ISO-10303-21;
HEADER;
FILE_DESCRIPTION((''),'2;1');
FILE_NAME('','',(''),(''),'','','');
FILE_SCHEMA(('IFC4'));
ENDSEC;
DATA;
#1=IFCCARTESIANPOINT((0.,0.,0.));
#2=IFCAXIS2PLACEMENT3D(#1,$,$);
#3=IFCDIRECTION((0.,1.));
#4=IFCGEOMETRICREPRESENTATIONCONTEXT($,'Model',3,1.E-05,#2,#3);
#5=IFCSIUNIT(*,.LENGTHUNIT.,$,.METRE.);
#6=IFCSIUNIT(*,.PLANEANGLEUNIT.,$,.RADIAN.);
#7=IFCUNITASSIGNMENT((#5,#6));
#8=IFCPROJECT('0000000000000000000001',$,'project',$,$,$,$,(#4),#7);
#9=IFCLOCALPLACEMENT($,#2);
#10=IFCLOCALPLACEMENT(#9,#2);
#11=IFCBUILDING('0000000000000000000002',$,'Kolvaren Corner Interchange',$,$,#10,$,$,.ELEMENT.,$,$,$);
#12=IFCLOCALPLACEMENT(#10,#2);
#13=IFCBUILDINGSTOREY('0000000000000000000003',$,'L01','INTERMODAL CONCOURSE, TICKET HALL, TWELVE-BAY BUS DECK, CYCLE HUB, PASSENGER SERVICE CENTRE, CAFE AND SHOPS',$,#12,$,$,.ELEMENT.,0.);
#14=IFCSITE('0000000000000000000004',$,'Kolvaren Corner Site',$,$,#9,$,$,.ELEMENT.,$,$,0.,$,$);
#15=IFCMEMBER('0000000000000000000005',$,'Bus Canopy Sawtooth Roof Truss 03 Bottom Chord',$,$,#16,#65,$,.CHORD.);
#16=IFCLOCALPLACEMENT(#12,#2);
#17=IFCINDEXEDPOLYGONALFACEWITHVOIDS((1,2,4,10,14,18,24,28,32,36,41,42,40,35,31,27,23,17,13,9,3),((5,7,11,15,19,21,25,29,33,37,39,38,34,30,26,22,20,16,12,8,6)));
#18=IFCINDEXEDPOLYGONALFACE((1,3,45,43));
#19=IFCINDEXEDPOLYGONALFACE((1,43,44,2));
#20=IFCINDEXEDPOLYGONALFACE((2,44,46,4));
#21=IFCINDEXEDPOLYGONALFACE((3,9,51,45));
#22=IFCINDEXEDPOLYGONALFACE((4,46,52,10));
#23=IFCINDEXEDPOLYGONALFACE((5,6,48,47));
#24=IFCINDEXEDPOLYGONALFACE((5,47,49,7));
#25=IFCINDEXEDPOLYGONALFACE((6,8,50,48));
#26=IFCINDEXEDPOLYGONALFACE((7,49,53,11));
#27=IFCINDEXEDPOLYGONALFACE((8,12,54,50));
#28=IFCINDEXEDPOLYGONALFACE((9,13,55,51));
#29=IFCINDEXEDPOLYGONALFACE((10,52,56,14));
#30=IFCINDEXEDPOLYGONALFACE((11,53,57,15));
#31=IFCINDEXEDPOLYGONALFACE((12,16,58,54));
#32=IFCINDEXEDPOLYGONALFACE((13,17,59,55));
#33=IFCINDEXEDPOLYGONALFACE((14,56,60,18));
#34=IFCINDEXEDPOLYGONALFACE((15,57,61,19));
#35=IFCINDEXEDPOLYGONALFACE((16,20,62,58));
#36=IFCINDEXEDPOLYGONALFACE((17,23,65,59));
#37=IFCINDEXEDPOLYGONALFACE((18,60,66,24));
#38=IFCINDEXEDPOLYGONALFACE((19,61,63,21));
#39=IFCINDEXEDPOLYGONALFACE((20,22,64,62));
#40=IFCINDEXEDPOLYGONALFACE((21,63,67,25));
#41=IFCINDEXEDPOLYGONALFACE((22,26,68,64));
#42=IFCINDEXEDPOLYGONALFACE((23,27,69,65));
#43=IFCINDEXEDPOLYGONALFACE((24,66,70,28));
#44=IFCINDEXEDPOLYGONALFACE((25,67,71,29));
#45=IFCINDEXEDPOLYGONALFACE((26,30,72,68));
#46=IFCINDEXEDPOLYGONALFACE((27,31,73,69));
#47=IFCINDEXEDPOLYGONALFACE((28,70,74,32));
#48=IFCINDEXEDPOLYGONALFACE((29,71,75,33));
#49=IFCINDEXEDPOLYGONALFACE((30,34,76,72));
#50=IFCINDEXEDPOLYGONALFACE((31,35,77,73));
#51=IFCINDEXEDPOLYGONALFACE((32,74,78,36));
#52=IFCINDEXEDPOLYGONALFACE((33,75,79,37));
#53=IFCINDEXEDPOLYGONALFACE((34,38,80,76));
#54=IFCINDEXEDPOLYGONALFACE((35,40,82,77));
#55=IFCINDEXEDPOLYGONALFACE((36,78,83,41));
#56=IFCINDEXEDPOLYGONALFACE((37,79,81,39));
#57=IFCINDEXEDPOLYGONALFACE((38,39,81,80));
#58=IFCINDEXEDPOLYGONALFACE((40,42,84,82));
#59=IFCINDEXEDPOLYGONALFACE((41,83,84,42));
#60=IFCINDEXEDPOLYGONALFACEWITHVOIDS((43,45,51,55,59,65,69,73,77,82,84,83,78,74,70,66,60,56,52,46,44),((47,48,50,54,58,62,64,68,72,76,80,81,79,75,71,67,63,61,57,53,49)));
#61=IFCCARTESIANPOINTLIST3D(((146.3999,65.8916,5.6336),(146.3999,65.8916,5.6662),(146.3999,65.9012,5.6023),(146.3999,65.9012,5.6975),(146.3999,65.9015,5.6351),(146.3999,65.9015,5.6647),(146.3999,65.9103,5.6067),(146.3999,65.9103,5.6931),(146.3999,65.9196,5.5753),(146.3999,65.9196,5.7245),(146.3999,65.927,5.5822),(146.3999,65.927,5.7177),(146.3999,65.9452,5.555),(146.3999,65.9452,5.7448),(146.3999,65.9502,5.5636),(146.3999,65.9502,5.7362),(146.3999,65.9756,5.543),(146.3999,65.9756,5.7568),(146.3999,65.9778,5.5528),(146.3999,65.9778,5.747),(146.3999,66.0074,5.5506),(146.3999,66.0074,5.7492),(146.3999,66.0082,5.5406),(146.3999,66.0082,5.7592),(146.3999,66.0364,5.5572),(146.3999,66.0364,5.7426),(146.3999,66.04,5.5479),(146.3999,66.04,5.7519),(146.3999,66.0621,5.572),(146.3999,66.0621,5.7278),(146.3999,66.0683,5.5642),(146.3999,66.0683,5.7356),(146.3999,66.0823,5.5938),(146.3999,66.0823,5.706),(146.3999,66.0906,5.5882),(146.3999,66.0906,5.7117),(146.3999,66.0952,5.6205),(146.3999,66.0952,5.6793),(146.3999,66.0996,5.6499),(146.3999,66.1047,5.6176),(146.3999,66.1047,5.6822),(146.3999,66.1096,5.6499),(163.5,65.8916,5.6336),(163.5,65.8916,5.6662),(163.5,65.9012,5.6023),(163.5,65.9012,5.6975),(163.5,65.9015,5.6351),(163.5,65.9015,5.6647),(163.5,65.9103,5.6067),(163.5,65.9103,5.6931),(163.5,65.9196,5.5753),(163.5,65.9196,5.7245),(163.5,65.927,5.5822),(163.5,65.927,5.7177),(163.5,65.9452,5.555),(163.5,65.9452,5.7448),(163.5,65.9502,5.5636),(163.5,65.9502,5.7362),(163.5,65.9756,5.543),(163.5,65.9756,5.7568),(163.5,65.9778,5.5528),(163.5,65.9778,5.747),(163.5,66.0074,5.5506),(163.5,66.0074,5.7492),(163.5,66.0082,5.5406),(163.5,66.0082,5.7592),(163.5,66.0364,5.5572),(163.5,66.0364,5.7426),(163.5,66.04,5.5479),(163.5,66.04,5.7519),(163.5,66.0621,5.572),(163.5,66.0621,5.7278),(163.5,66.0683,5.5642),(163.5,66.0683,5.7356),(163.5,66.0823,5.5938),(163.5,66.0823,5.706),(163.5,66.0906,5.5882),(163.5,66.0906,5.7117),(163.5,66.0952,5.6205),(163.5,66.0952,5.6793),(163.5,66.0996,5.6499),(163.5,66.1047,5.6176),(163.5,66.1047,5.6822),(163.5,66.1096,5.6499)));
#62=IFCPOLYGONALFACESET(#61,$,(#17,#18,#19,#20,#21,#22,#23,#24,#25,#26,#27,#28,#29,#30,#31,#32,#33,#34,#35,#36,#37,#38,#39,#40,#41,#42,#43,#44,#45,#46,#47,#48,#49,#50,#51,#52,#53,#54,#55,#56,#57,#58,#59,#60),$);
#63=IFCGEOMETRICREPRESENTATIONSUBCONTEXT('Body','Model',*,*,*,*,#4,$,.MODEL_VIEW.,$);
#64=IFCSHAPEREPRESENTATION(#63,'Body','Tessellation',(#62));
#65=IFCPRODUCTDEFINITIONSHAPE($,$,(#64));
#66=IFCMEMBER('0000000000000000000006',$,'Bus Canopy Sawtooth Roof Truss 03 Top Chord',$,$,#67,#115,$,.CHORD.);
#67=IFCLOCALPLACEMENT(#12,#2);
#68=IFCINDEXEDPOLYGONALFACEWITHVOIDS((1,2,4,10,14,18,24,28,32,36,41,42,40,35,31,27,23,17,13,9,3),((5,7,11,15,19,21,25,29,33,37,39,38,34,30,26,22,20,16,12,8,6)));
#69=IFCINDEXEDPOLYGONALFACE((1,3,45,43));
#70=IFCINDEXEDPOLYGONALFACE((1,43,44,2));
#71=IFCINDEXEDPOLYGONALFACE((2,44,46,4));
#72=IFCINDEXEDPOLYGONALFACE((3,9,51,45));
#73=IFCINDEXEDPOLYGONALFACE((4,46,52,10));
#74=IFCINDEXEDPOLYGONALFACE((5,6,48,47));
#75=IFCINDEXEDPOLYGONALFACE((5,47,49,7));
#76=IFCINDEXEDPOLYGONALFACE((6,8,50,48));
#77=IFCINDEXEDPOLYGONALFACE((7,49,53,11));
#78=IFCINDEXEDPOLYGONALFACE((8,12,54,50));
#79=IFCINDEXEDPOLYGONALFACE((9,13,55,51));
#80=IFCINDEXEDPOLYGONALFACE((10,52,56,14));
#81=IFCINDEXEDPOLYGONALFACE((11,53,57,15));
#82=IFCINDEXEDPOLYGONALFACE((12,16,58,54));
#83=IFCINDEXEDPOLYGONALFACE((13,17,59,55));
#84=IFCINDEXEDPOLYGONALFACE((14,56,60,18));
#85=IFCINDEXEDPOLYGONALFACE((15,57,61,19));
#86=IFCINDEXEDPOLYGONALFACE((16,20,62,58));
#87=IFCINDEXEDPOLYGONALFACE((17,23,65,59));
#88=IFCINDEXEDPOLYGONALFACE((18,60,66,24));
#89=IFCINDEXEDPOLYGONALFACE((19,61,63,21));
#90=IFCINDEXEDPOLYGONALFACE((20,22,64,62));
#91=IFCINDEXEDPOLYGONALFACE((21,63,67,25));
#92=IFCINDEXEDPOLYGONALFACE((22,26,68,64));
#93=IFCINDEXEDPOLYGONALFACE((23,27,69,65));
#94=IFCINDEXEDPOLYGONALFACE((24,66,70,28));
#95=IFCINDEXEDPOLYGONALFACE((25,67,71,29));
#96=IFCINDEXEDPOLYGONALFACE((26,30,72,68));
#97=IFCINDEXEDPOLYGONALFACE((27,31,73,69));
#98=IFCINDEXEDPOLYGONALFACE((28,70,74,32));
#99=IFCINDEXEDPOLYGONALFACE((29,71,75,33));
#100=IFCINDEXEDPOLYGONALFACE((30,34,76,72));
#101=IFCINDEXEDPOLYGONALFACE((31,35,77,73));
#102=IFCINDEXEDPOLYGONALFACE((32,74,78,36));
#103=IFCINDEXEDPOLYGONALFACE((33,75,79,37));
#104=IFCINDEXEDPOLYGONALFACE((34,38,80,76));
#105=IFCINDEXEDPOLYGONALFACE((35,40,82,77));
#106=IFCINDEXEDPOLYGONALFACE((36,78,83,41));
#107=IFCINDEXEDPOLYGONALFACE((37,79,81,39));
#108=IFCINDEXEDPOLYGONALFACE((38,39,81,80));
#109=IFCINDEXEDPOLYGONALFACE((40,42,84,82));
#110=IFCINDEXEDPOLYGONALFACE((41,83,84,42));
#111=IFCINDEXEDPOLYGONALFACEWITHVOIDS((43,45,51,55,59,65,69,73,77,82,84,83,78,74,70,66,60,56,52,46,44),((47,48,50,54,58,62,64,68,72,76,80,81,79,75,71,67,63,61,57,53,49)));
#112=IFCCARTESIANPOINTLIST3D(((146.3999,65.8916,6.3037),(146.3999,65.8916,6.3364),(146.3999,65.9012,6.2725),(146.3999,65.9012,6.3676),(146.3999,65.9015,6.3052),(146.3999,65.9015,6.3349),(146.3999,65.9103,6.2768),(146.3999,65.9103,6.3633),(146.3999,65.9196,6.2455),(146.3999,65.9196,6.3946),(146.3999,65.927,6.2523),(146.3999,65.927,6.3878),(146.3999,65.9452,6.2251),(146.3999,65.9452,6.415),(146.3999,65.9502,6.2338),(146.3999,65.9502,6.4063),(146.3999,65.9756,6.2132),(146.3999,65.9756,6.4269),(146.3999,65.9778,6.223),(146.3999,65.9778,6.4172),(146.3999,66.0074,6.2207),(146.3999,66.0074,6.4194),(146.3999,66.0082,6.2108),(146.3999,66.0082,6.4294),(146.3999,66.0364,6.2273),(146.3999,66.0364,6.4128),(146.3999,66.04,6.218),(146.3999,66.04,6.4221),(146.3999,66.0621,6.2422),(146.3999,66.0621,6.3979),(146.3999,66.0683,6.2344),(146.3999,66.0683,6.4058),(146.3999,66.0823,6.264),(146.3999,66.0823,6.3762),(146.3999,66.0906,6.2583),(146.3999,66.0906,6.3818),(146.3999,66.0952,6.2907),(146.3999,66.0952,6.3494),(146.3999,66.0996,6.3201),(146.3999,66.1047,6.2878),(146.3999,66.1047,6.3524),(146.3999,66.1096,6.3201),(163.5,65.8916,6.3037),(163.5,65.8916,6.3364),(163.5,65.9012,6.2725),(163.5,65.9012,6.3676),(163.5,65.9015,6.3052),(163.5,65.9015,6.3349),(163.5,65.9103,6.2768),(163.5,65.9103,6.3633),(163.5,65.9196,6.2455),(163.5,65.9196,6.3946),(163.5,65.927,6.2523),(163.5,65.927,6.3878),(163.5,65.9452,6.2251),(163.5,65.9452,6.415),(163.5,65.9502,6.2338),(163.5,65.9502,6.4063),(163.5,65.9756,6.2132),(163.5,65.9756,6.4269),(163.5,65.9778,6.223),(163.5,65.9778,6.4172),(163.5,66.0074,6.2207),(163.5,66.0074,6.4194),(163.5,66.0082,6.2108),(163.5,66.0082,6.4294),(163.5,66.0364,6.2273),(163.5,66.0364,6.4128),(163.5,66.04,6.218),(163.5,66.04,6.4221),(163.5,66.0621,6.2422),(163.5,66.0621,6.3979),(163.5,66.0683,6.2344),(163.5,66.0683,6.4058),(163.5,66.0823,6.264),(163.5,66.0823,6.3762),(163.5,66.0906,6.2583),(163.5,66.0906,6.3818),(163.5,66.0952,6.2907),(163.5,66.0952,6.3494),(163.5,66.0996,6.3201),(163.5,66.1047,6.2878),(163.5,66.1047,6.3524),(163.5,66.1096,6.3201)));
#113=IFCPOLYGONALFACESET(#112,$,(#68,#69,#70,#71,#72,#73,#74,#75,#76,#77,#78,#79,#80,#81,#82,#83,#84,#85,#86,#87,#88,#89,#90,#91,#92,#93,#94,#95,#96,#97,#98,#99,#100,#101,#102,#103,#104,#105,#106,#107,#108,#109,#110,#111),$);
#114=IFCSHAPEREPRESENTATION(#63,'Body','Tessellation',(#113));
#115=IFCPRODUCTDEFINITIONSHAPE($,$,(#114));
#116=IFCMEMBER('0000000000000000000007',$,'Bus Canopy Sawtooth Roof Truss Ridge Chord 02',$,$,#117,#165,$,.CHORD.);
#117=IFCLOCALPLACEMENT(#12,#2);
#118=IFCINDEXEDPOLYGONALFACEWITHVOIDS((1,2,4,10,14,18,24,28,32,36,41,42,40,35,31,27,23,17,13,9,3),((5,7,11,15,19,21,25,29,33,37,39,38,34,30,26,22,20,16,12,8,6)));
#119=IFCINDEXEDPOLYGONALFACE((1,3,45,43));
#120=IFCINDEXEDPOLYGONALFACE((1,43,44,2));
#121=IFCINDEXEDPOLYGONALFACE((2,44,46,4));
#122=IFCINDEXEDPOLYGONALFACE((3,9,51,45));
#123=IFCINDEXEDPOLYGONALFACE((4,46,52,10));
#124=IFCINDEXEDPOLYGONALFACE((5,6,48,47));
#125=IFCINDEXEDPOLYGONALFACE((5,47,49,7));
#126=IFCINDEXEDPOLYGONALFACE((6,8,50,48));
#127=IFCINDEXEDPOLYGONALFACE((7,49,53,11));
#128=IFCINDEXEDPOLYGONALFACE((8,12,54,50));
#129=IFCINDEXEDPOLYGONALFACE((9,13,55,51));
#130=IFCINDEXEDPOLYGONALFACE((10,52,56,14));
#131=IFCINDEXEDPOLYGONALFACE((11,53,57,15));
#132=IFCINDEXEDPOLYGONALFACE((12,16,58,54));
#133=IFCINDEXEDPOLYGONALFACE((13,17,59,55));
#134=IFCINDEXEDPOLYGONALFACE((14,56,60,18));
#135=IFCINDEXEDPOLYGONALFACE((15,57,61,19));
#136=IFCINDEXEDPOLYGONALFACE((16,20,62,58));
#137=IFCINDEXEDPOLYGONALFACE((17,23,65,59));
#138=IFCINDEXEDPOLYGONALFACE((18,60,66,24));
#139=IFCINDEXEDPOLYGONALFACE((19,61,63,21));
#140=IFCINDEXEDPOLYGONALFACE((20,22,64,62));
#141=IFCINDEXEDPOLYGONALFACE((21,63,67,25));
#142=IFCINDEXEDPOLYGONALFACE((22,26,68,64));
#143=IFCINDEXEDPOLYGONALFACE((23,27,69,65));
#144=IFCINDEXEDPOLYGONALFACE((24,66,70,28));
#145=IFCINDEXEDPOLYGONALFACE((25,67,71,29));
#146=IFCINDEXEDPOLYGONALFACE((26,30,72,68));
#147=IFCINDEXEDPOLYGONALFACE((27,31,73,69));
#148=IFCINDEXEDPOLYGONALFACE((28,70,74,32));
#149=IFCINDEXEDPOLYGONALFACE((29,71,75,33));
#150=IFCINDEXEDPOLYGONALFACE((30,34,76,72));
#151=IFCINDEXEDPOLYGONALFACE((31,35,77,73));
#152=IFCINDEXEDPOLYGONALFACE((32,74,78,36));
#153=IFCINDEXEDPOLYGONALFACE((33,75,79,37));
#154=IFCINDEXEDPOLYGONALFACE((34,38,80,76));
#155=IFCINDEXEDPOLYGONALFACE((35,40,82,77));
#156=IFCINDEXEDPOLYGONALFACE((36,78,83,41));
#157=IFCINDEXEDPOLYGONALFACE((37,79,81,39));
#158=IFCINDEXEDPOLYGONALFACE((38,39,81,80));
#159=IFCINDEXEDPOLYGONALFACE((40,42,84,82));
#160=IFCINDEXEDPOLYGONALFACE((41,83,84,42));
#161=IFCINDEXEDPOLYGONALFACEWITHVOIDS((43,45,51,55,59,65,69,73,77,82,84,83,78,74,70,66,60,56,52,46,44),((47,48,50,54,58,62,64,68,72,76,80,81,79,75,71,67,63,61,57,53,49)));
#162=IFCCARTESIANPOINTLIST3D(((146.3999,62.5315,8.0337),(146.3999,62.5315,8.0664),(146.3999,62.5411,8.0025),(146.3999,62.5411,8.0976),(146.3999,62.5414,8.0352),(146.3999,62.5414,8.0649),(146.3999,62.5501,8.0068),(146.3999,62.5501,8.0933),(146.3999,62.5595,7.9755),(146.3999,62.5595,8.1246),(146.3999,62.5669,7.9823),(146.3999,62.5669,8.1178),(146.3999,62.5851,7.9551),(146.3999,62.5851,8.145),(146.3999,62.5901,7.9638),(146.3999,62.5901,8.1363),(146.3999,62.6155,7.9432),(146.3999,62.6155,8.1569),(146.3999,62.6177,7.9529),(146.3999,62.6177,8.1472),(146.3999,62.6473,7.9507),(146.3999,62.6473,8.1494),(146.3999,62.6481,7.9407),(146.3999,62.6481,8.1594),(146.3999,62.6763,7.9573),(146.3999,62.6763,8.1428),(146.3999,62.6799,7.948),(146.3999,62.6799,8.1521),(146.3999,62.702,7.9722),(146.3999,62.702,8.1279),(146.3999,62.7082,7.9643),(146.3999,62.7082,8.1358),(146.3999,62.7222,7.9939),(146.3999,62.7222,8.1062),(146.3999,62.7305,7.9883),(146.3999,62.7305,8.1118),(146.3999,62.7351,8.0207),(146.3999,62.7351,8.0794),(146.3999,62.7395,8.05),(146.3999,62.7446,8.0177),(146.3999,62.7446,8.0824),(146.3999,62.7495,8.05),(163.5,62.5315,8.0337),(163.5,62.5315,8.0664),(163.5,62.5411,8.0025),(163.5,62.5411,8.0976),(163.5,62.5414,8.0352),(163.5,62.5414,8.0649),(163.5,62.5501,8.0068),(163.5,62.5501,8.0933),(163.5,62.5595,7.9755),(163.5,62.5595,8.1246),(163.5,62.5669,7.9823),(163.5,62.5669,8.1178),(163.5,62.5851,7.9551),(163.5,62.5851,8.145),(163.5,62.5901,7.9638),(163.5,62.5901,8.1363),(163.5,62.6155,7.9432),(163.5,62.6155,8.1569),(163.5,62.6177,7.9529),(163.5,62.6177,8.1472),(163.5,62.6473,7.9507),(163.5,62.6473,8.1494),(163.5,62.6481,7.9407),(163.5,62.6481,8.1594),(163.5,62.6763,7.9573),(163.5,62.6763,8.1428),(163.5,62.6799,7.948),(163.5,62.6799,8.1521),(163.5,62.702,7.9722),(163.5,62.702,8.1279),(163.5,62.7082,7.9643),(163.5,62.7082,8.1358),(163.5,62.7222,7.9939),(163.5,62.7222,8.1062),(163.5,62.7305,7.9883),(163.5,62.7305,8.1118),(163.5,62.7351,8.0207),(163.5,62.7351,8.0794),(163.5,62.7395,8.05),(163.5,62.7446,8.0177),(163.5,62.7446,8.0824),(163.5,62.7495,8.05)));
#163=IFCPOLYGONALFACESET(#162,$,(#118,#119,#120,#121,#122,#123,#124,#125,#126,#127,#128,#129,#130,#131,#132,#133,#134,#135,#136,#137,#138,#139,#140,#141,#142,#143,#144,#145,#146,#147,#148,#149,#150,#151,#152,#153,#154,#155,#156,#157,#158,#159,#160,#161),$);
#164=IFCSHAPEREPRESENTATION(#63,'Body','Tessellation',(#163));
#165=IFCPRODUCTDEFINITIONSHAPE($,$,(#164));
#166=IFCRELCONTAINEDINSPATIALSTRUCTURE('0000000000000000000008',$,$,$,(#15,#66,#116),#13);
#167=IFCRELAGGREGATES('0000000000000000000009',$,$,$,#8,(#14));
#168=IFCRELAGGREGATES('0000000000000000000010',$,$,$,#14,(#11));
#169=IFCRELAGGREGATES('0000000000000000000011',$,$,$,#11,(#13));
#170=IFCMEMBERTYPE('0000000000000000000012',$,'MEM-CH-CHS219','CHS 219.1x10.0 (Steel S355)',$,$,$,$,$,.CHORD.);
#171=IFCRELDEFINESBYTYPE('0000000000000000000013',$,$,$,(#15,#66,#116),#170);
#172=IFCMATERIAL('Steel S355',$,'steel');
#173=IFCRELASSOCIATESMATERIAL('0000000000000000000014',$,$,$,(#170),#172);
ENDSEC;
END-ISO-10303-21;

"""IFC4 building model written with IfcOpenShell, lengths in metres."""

from ifc_helpers import new_model, si_unit, direction, frame, origin, origin_2d, place, context, subcontext, project, spatial, hollow_circle, extrude, material, material_profile, profile_set, type_object, element, save


model = new_model("IFC4")

# Units and contexts
model_context = context("Model", 3, precision=1e-05, world=origin(), true_north=direction((0.0, 1.0)))
body_context = subcontext(model_context, "Body", "Model", "MODEL_VIEW")
ifc_project = project(units=[si_unit("LENGTHUNIT", "METRE"), si_unit("PLANEANGLEUNIT", "RADIAN")], contexts=[model_context])

# Site, building, storey
site_placement = place(None, origin())
site = spatial("IfcSite", under=ifc_project, at=site_placement, Name="Kolvaren Corner Site", CompositionType="ELEMENT", RefElevation=0.0)
building_placement = place(site_placement, origin())
building = spatial("IfcBuilding", under=site, at=building_placement, Name="Kolvaren Corner Interchange", CompositionType="ELEMENT")
storey_placement = place(building_placement, origin())
storey = spatial("IfcBuildingStorey", under=building, at=storey_placement, Name="L01", Description="INTERMODAL CONCOURSE, TICKET HALL, TWELVE-BAY BUS DECK, CYCLE HUB, PASSENGER SERVICE CENTRE, CAFE AND SHOPS", CompositionType="ELEMENT", Elevation=0.0)

# Members
ifc_material_1 = material(Name="Steel S355", Category="steel")
ifc_material_profile_1 = material_profile(ifc_material_1, hollow_circle(Radius=0.1096, WallThickness=0.01, at=origin_2d()), Name="CHS 219.1x10.0")
ifc_profile_set_1 = profile_set([ifc_material_profile_1], Name="Steel S355")
member_type_1 = type_object("IfcMemberType", Name="MEM-CH-CHS219", Description="CHS 219.1x10.0 (Steel S355)", PredefinedType="CHORD", material=ifc_profile_set_1)
for number, where, z_axis, x_axis, name in (
    (1, (146.3999, 66.0, 5.6499), (1.0, 0.0, 0.0), (0.0, 1.0, 0.0), "Bus Canopy Sawtooth Roof Truss 03 Bottom Chord"),
    (2, (146.3999, 66.0, 6.3201), (1.0, 0.0, 0.0), (0.0, 1.0, 0.0), "Bus Canopy Sawtooth Roof Truss 03 Top Chord"),
    (3, (146.3999, 62.6399, 8.05), (1.0, 0.0, 0.0), (0.0, 1.0, 0.0), "Bus Canopy Sawtooth Roof Truss Ridge Chord 02"),
):
    element("IfcMember", number, at=place(storey_placement, frame(where, z_axis=z_axis, x_axis=x_axis)), inside=storey, type_object=member_type_1, Name=name, PredefinedType="CHORD", context=body_context, shape_type="SweptSolid", body=[
        extrude(hollow_circle(Radius=0.1096, WallThickness=0.01, at=origin_2d()), origin(), (0.0, 0.0, 1.0), 17.1001),
    ])

save(model, "model.ifc")
